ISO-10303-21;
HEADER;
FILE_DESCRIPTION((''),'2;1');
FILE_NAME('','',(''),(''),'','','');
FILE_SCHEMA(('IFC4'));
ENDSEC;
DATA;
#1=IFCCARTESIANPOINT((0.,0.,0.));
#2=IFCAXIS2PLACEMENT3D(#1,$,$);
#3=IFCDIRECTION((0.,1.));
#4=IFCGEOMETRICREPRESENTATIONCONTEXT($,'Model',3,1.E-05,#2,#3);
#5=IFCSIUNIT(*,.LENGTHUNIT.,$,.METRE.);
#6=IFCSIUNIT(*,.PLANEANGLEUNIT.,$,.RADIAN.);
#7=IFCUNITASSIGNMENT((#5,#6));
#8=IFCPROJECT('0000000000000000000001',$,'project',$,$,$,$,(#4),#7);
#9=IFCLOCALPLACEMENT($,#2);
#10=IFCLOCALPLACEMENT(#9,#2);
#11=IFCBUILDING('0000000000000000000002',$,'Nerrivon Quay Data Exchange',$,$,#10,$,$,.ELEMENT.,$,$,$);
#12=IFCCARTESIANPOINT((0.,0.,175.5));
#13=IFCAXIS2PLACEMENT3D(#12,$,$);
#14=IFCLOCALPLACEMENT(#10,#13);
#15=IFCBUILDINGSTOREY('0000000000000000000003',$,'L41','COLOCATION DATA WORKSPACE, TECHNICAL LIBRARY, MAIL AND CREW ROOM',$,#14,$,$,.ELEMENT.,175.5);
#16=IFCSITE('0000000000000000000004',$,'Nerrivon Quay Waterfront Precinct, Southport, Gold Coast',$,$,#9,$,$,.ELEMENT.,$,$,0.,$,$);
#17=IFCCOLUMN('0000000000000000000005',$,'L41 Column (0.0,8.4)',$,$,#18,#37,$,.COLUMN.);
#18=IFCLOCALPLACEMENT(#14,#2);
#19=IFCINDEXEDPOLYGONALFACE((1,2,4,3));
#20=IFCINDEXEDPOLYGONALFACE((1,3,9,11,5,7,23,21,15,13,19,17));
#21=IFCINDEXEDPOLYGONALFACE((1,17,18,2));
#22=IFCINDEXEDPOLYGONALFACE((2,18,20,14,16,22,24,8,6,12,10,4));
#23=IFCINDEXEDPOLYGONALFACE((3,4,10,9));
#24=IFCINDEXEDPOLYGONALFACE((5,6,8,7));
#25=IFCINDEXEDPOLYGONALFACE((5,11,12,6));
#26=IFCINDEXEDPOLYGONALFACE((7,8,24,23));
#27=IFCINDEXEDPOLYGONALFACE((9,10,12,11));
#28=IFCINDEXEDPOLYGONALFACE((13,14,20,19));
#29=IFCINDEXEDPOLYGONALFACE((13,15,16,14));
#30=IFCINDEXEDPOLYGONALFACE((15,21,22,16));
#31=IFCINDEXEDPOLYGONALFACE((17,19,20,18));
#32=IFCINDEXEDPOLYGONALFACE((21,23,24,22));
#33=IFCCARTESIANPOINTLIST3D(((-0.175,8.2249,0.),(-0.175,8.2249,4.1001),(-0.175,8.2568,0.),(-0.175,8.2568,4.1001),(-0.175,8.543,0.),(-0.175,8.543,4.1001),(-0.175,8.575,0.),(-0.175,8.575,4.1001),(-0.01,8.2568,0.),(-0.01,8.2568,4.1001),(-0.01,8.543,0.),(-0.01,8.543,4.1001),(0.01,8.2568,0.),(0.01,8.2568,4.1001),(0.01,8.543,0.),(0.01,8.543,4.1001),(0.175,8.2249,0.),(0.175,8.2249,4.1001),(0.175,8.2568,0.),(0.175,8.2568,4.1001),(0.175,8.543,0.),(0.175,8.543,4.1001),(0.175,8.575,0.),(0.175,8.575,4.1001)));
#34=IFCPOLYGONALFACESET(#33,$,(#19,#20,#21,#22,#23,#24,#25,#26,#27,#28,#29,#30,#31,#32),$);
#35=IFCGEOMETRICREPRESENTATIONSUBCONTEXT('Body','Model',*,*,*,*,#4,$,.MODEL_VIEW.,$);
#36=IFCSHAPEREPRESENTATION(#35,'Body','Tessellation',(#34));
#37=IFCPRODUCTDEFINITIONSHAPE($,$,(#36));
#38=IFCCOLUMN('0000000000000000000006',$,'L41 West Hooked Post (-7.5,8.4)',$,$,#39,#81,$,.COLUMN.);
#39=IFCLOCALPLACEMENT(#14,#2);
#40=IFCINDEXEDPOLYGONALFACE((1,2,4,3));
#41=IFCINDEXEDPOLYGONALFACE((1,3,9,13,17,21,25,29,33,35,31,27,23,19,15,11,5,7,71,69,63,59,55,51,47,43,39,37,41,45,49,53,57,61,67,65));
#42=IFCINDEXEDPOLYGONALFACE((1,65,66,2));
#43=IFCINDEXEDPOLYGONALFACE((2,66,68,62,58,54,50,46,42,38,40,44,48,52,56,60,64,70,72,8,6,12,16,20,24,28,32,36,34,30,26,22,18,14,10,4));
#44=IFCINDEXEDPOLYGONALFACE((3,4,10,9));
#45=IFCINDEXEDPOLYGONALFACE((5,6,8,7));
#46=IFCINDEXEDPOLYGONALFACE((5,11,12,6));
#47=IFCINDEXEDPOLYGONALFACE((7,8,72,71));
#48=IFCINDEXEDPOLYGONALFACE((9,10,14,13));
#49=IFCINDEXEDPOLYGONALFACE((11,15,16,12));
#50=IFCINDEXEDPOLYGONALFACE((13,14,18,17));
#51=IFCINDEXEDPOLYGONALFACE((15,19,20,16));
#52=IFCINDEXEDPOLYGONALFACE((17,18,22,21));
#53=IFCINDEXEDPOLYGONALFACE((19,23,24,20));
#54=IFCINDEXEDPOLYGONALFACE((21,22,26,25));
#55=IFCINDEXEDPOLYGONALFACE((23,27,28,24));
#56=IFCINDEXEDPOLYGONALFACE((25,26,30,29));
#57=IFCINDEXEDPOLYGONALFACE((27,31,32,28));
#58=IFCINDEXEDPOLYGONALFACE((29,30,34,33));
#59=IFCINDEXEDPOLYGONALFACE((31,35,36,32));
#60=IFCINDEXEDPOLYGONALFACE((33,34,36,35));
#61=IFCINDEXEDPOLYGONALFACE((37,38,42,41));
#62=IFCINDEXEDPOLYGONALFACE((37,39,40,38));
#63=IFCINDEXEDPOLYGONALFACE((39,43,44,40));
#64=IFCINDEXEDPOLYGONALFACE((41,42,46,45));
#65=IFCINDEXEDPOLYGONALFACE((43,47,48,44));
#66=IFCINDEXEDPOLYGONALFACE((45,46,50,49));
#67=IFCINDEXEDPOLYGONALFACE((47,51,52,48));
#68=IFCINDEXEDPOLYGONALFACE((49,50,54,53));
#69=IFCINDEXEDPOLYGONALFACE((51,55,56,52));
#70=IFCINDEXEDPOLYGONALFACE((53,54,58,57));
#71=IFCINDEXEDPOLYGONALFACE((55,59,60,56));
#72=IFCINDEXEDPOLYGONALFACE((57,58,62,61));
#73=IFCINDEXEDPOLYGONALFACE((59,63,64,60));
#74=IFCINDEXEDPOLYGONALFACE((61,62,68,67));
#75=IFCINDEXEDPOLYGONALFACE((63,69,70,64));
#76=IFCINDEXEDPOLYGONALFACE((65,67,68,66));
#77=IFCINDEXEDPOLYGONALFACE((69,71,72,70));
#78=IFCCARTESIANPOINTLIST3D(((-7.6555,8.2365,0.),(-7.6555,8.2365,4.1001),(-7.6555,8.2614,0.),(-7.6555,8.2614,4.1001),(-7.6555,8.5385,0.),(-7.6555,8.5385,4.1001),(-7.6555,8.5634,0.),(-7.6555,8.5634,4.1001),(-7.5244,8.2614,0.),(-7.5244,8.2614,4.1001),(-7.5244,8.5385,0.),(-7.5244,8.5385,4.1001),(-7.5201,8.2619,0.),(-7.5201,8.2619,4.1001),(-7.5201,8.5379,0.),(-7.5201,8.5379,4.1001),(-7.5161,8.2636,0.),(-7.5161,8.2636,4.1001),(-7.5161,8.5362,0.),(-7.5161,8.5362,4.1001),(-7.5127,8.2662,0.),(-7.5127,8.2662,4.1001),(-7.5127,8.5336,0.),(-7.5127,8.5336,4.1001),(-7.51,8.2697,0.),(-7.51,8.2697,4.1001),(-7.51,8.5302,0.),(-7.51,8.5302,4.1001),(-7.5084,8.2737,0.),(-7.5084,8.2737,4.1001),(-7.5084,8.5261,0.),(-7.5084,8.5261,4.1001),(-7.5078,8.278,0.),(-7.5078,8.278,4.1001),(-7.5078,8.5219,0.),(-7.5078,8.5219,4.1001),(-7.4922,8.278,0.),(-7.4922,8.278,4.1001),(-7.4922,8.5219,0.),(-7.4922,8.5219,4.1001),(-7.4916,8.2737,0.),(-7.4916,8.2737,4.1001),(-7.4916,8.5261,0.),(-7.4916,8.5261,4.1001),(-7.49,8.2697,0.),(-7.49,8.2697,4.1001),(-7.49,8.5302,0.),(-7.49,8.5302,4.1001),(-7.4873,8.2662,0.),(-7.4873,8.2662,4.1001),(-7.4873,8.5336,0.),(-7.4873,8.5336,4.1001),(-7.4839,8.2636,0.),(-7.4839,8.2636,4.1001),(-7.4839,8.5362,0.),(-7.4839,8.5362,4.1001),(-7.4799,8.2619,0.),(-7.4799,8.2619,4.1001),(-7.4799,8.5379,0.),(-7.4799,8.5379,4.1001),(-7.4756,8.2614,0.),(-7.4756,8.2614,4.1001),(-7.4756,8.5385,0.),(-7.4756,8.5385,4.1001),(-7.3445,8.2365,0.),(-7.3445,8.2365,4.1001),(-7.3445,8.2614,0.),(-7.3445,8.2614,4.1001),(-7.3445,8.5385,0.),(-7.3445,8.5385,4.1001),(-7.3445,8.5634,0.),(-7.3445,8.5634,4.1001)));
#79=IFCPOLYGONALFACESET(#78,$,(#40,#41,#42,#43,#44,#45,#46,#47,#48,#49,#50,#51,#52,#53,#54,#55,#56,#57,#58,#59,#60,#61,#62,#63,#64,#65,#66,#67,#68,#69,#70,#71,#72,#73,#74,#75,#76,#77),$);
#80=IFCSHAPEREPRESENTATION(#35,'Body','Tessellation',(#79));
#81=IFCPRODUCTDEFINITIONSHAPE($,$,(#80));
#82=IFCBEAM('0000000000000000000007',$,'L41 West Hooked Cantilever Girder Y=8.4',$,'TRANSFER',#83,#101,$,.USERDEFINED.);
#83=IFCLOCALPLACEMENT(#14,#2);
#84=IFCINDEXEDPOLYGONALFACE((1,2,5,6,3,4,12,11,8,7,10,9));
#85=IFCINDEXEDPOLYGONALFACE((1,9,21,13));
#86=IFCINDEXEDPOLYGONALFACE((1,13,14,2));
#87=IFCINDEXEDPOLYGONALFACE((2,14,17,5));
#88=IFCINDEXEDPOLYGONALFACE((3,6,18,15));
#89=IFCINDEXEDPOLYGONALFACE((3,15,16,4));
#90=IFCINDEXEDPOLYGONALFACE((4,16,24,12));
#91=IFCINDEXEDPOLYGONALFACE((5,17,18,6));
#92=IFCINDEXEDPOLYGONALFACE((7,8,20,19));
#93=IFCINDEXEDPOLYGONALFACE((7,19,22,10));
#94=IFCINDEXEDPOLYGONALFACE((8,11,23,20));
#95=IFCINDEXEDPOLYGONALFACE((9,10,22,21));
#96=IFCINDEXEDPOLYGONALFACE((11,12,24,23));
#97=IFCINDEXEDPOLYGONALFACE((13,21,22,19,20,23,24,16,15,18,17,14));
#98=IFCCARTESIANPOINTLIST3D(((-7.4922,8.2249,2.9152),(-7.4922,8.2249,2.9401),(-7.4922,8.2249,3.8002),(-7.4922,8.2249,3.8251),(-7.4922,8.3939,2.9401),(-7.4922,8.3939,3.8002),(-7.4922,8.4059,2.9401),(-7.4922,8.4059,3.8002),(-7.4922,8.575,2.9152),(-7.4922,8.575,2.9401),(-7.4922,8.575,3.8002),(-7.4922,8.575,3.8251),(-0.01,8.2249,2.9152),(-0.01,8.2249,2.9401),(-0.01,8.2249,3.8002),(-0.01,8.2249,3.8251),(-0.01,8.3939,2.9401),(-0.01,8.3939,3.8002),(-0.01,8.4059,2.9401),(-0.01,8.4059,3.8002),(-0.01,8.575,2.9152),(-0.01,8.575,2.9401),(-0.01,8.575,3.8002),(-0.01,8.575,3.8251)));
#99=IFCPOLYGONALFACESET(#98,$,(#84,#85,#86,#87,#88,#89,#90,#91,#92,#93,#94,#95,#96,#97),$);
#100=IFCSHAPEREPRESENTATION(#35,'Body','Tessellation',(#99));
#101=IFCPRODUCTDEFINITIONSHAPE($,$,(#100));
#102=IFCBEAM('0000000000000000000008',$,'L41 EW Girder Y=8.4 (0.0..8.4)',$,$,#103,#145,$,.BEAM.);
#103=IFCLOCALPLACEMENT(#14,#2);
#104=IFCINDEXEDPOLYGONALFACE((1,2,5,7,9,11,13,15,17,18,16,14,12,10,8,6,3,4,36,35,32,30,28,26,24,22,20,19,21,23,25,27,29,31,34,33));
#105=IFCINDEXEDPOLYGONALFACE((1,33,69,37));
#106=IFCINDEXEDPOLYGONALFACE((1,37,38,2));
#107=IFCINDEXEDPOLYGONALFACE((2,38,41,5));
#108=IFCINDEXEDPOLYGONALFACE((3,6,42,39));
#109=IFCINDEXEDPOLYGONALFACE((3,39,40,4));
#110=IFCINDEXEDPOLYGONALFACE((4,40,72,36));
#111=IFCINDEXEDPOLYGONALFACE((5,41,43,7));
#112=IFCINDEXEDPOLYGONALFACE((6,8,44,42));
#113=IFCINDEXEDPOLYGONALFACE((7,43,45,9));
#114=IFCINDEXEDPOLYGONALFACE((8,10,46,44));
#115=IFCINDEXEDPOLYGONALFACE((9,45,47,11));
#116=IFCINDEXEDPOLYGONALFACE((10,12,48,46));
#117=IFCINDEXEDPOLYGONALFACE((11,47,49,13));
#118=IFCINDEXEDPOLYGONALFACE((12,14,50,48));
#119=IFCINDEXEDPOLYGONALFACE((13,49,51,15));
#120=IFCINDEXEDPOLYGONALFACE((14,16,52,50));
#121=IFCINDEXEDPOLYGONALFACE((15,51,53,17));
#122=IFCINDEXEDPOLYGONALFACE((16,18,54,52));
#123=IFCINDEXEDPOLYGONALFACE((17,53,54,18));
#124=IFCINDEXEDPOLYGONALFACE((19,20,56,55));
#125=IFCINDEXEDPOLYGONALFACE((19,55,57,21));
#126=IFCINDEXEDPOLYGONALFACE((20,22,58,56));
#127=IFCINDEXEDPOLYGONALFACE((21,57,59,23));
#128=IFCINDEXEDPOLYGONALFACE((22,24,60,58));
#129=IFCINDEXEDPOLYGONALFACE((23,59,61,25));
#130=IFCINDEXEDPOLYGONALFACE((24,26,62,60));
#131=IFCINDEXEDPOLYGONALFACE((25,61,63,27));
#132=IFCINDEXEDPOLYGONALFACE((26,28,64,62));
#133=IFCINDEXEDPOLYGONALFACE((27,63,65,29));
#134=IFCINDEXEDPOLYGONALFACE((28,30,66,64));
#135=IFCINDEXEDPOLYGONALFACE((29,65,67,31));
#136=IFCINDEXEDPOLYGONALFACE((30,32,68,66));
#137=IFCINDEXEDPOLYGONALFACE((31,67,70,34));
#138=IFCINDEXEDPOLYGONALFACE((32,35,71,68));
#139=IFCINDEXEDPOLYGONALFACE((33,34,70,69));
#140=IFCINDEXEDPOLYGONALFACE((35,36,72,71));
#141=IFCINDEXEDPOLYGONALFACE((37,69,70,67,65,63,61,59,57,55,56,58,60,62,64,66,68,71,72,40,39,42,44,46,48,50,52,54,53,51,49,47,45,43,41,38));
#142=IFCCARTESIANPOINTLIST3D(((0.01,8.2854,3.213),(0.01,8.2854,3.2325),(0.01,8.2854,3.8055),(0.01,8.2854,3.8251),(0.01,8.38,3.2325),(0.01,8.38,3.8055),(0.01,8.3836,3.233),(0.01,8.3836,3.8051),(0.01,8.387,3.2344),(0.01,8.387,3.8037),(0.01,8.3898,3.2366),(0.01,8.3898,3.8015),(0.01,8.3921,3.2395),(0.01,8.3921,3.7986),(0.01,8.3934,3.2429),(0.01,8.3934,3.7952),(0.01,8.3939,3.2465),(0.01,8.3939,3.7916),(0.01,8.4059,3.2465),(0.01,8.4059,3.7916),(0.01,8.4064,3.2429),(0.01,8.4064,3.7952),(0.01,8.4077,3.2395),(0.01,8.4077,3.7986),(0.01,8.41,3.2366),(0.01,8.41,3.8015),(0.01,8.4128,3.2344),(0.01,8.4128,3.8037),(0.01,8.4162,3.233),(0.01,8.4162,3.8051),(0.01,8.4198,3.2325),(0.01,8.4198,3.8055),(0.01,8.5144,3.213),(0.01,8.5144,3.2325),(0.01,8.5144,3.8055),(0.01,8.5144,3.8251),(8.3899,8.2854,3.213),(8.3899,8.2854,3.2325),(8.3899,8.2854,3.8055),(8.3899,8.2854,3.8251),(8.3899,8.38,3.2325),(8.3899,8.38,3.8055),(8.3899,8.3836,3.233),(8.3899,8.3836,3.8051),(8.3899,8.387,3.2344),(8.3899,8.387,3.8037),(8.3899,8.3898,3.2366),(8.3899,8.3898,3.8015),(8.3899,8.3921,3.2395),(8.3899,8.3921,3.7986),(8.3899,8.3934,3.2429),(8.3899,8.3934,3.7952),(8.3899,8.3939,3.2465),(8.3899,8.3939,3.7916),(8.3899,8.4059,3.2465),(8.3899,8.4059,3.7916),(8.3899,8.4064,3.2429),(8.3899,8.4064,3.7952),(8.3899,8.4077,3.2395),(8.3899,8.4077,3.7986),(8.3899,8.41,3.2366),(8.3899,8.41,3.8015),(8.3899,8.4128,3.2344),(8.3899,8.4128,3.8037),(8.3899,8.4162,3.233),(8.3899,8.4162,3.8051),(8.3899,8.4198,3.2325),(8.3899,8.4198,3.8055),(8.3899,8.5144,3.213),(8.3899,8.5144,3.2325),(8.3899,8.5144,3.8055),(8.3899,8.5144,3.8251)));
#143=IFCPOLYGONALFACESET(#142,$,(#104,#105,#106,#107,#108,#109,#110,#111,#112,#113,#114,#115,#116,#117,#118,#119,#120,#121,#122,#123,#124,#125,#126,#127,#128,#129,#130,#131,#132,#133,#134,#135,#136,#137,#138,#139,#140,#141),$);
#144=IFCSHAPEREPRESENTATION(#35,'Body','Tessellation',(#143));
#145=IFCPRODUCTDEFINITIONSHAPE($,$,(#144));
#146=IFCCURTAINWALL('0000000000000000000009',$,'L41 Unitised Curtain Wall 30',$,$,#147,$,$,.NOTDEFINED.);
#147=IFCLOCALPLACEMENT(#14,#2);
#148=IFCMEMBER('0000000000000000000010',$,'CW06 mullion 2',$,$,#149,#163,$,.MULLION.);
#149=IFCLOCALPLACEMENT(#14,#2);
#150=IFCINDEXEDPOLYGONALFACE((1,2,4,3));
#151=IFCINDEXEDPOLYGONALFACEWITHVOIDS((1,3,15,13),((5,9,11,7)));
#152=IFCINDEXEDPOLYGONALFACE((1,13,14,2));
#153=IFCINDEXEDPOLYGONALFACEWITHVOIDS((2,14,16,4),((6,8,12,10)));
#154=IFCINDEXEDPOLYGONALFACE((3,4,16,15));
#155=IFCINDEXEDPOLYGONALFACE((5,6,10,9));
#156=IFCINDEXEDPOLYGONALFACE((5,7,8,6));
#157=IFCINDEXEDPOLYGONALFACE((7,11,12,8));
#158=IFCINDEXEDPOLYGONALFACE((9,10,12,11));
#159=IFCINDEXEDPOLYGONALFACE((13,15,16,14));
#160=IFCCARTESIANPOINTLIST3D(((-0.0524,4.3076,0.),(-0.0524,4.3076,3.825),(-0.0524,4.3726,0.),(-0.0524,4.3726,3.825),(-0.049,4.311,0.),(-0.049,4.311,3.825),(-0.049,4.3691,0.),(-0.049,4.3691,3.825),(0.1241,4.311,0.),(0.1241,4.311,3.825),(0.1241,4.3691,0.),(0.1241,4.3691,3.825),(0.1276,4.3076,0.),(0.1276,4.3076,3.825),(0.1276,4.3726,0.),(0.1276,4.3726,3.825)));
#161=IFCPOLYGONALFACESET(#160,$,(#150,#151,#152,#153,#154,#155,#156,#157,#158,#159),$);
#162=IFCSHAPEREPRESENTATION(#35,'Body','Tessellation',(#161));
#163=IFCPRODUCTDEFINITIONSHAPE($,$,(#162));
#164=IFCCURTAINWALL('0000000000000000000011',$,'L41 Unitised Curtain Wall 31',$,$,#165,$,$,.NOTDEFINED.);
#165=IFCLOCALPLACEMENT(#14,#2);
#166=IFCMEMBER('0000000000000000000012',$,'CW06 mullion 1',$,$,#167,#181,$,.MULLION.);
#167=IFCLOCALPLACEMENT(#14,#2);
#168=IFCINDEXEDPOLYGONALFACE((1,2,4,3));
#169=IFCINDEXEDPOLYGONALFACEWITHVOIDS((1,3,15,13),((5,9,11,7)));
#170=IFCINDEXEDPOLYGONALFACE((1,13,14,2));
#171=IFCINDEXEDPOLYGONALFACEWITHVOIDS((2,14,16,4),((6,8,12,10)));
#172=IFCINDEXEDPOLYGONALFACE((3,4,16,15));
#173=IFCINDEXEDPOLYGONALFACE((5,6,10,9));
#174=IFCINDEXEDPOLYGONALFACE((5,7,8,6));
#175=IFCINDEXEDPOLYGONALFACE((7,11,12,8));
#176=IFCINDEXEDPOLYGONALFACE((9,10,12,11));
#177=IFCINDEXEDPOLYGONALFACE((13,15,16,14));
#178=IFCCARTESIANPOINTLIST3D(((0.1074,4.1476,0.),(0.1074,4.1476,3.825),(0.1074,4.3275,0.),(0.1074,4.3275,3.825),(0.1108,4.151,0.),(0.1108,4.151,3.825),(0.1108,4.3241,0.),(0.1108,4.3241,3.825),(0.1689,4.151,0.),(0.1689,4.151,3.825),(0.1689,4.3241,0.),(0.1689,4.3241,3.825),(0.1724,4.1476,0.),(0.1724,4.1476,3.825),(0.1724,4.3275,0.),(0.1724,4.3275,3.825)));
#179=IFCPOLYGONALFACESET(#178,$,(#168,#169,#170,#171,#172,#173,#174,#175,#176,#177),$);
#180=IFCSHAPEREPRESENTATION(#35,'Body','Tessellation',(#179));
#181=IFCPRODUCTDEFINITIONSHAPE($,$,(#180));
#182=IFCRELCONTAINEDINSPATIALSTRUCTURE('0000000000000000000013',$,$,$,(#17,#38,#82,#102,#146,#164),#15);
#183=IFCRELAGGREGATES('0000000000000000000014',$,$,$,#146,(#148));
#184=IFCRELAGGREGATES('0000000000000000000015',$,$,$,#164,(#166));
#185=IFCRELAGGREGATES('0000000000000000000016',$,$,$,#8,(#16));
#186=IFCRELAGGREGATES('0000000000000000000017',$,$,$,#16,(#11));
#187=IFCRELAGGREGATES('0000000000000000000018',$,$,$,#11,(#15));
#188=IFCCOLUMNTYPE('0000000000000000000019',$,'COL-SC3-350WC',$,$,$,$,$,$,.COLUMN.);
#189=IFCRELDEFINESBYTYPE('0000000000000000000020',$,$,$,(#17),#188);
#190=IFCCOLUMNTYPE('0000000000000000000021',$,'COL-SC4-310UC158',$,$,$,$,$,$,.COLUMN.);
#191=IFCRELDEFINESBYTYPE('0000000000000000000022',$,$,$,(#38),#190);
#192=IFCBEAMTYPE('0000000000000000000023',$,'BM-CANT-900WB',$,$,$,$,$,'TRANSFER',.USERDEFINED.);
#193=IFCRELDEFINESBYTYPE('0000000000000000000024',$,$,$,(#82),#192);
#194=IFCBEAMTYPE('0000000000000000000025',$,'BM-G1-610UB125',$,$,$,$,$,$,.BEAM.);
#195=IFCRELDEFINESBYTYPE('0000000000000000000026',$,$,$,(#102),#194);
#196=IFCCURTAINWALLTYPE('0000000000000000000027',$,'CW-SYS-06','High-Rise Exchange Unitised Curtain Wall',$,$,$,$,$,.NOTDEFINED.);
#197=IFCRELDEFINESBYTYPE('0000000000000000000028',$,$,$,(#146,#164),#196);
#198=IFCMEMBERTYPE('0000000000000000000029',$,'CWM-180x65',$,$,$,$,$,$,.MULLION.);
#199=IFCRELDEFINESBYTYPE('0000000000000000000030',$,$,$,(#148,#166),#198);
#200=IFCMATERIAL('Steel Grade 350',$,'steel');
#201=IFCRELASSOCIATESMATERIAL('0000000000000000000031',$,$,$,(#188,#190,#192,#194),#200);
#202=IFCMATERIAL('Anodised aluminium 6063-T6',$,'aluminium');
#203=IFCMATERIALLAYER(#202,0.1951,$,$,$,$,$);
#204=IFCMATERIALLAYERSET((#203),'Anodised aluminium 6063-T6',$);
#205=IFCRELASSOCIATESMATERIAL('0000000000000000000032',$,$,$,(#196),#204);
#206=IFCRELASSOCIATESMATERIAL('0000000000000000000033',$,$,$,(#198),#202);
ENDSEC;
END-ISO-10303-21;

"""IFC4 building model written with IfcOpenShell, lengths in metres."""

from ifc_helpers import new_model, si_unit, direction, frame, origin, origin_2d, place, context, subcontext, project, spatial, hollow_rectangle, i_section, extrude, material, layer, layer_set, material_profile, profile_set, type_object, element, aggregate, save


model = new_model("IFC4")

# Units and contexts
model_context = context("Model", 3, precision=1e-05, world=origin(), true_north=direction((0.0, 1.0)))
body_context = subcontext(model_context, "Body", "Model", "MODEL_VIEW")
ifc_project = project(units=[si_unit("LENGTHUNIT", "METRE"), si_unit("PLANEANGLEUNIT", "RADIAN")], contexts=[model_context])

# Site, building, storey
site_placement = place(None, origin())
site = spatial("IfcSite", under=ifc_project, at=site_placement, Name="Nerrivon Quay Waterfront Precinct, Southport, Gold Coast", CompositionType="ELEMENT", RefElevation=0.0)
building_placement = place(site_placement, origin())
building = spatial("IfcBuilding", under=site, at=building_placement, Name="Nerrivon Quay Data Exchange", CompositionType="ELEMENT")
storey_placement = place(building_placement, frame((0.0, 0.0, 175.5)))
storey = spatial("IfcBuildingStorey", under=building, at=storey_placement, Name="L41", Description="COLOCATION DATA WORKSPACE, TECHNICAL LIBRARY, MAIL AND CREW ROOM", CompositionType="ELEMENT", Elevation=175.5)

# Columns
ifc_material_1 = material(Name="Steel Grade 350", Category="steel")
ifc_material_profile_1 = material_profile(ifc_material_1, i_section(OverallWidth=0.3501, OverallDepth=0.3501, WebThickness=0.02, FlangeThickness=0.032, at=origin_2d()), Name="350WC230")
ifc_profile_set_1 = profile_set([ifc_material_profile_1], Name="Steel Grade 350")
column_type_1 = type_object("IfcColumnType", Name="COL-SC3-350WC", PredefinedType="COLUMN", material=ifc_profile_set_1)
column_1_placement = place(storey_placement, frame((0.0, 8.3999, 0.0), z_axis=(0.0, 0.0, 1.0), x_axis=(1.0, 0.0, 0.0)))
element("IfcColumn", 1, at=column_1_placement, inside=storey, type_object=column_type_1, Name="L41 Column (0.0,8.4)", PredefinedType="COLUMN", context=body_context, shape_type="SweptSolid", body=[
    extrude(i_section(OverallWidth=0.3501, OverallDepth=0.3501, WebThickness=0.02, FlangeThickness=0.032, at=origin_2d()), origin(), (0.0, 0.0, 1.0), 4.1001),
])
ifc_material_profile_2 = material_profile(ifc_material_1, i_section(OverallWidth=0.311, OverallDepth=0.3269, WebThickness=0.0156, FlangeThickness=0.0249, FilletRadius=0.0166, at=origin_2d()), Name="310UC158")
ifc_profile_set_2 = profile_set([ifc_material_profile_2], Name="Steel Grade 350")
column_type_2 = type_object("IfcColumnType", Name="COL-SC4-310UC158", PredefinedType="COLUMN", material=ifc_profile_set_2)
column_2_placement = place(storey_placement, frame((-7.5, 8.3999, 0.0), z_axis=(0.0, 0.0, 1.0), x_axis=(1.0, 0.0, 0.0)))
element("IfcColumn", 2, at=column_2_placement, inside=storey, type_object=column_type_2, Name="L41 West Hooked Post (-7.5,8.4)", PredefinedType="COLUMN", context=body_context, shape_type="SweptSolid", body=[
    extrude(i_section(OverallWidth=0.311, OverallDepth=0.3269, WebThickness=0.0156, FlangeThickness=0.0249, FilletRadius=0.0166, at=origin_2d()), origin(), (0.0, 0.0, 1.0), 4.1001),
])

# Beams
ifc_material_profile_3 = material_profile(ifc_material_1, i_section(OverallWidth=0.3501, OverallDepth=0.9099, WebThickness=0.012, FlangeThickness=0.0249, at=origin_2d()), Name="900WB218")
ifc_profile_set_3 = profile_set([ifc_material_profile_3], Name="Steel Grade 350")
beam_type_1 = type_object("IfcBeamType", Name="BM-CANT-900WB", ElementType="TRANSFER", PredefinedType="USERDEFINED", material=ifc_profile_set_3)
beam_1_placement = place(storey_placement, frame((-0.01, 8.3999, 3.3701), z_axis=(-1.0, 0.0, 0.0), x_axis=(0.0, -1.0, 0.0)))
element("IfcBeam", 3, at=beam_1_placement, inside=storey, type_object=beam_type_1, Name="L41 West Hooked Cantilever Girder Y=8.4", ObjectType="TRANSFER", PredefinedType="USERDEFINED", context=body_context, shape_type="SweptSolid", body=[
    extrude(i_section(OverallWidth=0.3501, OverallDepth=0.9099, WebThickness=0.012, FlangeThickness=0.0249, at=origin_2d()), origin(), (0.0, 0.0, 1.0), 7.4822),
])
ifc_material_profile_4 = material_profile(ifc_material_1, i_section(OverallWidth=0.229, OverallDepth=0.6121, WebThickness=0.012, FlangeThickness=0.0195, FilletRadius=0.0139, at=origin_2d()), Name="610UB125")
ifc_profile_set_4 = profile_set([ifc_material_profile_4], Name="Steel Grade 350")
beam_type_2 = type_object("IfcBeamType", Name="BM-G1-610UB125", PredefinedType="BEAM", material=ifc_profile_set_4)
beam_2_placement = place(storey_placement, frame((0.01, 8.3999, 3.519), z_axis=(1.0, 0.0, 0.0), x_axis=(0.0, 1.0, 0.0)))
element("IfcBeam", 4, at=beam_2_placement, inside=storey, type_object=beam_type_2, Name="L41 EW Girder Y=8.4 (0.0..8.4)", PredefinedType="BEAM", context=body_context, shape_type="SweptSolid", body=[
    extrude(i_section(OverallWidth=0.229, OverallDepth=0.6121, WebThickness=0.012, FlangeThickness=0.0195, FilletRadius=0.0139, at=origin_2d()), origin(), (0.0, 0.0, 1.0), 8.3799),
])

# Curtain wall, member
ifc_material_2 = material(Name="Anodised aluminium 6063-T6", Category="aluminium")
ifc_layer_1 = layer(ifc_material_2, 0.1951)
ifc_layer_set_1 = layer_set([ifc_layer_1], Name="Anodised aluminium 6063-T6")
curtain_wall_type_1 = type_object("IfcCurtainWallType", Name="CW-SYS-06", Description="High-Rise Exchange Unitised Curtain Wall", PredefinedType="NOTDEFINED", material=ifc_layer_set_1)
curtain_wall_1_placement = place(storey_placement, origin())
curtain_wall_1 = element("IfcCurtainWall", 5, at=curtain_wall_1_placement, inside=storey, type_object=curtain_wall_type_1, Name="L41 Unitised Curtain Wall 30", PredefinedType="NOTDEFINED")
ifc_material_profile_5 = material_profile(ifc_material_2, hollow_rectangle(XDim=0.0649, YDim=0.1799, WallThickness=0.0034, at=origin_2d()), Name="ALU-MULL-180x65")
ifc_profile_set_5 = profile_set([ifc_material_profile_5], Name="Anodised aluminium 6063-T6")
member_type_1 = type_object("IfcMemberType", Name="CWM-180x65", PredefinedType="MULLION", material=ifc_profile_set_5)
member_1_placement = place(storey_placement, frame((0.0376, 4.3401, 0.0), z_axis=(0.0, 0.0, 1.0), x_axis=(0.0, -1.0, 0.0)))
member_1 = element("IfcMember", 6, at=member_1_placement, type_object=member_type_1, Name="CW06 mullion 2", PredefinedType="MULLION", context=body_context, shape_type="SweptSolid", body=[
    extrude(hollow_rectangle(XDim=0.0649, YDim=0.1799, WallThickness=0.0034, at=origin_2d()), origin(), (0.0, 0.0, 1.0), 3.825),
])

# Curtain wall, member
curtain_wall_2_placement = place(storey_placement, origin())
curtain_wall_2 = element("IfcCurtainWall", 7, at=curtain_wall_2_placement, inside=storey, type_object=curtain_wall_type_1, Name="L41 Unitised Curtain Wall 31", PredefinedType="NOTDEFINED")
member_2_placement = place(storey_placement, frame((0.1399, 4.2375, 0.0), z_axis=(0.0, 0.0, 1.0), x_axis=(-1.0, 0.0, 0.0)))
member_2 = element("IfcMember", 8, at=member_2_placement, type_object=member_type_1, Name="CW06 mullion 1", PredefinedType="MULLION", context=body_context, shape_type="SweptSolid", body=[
    extrude(hollow_rectangle(XDim=0.0649, YDim=0.1799, WallThickness=0.0034, at=origin_2d()), origin(), (0.0, 0.0, 1.0), 3.825),
])

aggregate(curtain_wall_1, [member_1])
aggregate(curtain_wall_2, [member_2])

save(model, "model.ifc")
